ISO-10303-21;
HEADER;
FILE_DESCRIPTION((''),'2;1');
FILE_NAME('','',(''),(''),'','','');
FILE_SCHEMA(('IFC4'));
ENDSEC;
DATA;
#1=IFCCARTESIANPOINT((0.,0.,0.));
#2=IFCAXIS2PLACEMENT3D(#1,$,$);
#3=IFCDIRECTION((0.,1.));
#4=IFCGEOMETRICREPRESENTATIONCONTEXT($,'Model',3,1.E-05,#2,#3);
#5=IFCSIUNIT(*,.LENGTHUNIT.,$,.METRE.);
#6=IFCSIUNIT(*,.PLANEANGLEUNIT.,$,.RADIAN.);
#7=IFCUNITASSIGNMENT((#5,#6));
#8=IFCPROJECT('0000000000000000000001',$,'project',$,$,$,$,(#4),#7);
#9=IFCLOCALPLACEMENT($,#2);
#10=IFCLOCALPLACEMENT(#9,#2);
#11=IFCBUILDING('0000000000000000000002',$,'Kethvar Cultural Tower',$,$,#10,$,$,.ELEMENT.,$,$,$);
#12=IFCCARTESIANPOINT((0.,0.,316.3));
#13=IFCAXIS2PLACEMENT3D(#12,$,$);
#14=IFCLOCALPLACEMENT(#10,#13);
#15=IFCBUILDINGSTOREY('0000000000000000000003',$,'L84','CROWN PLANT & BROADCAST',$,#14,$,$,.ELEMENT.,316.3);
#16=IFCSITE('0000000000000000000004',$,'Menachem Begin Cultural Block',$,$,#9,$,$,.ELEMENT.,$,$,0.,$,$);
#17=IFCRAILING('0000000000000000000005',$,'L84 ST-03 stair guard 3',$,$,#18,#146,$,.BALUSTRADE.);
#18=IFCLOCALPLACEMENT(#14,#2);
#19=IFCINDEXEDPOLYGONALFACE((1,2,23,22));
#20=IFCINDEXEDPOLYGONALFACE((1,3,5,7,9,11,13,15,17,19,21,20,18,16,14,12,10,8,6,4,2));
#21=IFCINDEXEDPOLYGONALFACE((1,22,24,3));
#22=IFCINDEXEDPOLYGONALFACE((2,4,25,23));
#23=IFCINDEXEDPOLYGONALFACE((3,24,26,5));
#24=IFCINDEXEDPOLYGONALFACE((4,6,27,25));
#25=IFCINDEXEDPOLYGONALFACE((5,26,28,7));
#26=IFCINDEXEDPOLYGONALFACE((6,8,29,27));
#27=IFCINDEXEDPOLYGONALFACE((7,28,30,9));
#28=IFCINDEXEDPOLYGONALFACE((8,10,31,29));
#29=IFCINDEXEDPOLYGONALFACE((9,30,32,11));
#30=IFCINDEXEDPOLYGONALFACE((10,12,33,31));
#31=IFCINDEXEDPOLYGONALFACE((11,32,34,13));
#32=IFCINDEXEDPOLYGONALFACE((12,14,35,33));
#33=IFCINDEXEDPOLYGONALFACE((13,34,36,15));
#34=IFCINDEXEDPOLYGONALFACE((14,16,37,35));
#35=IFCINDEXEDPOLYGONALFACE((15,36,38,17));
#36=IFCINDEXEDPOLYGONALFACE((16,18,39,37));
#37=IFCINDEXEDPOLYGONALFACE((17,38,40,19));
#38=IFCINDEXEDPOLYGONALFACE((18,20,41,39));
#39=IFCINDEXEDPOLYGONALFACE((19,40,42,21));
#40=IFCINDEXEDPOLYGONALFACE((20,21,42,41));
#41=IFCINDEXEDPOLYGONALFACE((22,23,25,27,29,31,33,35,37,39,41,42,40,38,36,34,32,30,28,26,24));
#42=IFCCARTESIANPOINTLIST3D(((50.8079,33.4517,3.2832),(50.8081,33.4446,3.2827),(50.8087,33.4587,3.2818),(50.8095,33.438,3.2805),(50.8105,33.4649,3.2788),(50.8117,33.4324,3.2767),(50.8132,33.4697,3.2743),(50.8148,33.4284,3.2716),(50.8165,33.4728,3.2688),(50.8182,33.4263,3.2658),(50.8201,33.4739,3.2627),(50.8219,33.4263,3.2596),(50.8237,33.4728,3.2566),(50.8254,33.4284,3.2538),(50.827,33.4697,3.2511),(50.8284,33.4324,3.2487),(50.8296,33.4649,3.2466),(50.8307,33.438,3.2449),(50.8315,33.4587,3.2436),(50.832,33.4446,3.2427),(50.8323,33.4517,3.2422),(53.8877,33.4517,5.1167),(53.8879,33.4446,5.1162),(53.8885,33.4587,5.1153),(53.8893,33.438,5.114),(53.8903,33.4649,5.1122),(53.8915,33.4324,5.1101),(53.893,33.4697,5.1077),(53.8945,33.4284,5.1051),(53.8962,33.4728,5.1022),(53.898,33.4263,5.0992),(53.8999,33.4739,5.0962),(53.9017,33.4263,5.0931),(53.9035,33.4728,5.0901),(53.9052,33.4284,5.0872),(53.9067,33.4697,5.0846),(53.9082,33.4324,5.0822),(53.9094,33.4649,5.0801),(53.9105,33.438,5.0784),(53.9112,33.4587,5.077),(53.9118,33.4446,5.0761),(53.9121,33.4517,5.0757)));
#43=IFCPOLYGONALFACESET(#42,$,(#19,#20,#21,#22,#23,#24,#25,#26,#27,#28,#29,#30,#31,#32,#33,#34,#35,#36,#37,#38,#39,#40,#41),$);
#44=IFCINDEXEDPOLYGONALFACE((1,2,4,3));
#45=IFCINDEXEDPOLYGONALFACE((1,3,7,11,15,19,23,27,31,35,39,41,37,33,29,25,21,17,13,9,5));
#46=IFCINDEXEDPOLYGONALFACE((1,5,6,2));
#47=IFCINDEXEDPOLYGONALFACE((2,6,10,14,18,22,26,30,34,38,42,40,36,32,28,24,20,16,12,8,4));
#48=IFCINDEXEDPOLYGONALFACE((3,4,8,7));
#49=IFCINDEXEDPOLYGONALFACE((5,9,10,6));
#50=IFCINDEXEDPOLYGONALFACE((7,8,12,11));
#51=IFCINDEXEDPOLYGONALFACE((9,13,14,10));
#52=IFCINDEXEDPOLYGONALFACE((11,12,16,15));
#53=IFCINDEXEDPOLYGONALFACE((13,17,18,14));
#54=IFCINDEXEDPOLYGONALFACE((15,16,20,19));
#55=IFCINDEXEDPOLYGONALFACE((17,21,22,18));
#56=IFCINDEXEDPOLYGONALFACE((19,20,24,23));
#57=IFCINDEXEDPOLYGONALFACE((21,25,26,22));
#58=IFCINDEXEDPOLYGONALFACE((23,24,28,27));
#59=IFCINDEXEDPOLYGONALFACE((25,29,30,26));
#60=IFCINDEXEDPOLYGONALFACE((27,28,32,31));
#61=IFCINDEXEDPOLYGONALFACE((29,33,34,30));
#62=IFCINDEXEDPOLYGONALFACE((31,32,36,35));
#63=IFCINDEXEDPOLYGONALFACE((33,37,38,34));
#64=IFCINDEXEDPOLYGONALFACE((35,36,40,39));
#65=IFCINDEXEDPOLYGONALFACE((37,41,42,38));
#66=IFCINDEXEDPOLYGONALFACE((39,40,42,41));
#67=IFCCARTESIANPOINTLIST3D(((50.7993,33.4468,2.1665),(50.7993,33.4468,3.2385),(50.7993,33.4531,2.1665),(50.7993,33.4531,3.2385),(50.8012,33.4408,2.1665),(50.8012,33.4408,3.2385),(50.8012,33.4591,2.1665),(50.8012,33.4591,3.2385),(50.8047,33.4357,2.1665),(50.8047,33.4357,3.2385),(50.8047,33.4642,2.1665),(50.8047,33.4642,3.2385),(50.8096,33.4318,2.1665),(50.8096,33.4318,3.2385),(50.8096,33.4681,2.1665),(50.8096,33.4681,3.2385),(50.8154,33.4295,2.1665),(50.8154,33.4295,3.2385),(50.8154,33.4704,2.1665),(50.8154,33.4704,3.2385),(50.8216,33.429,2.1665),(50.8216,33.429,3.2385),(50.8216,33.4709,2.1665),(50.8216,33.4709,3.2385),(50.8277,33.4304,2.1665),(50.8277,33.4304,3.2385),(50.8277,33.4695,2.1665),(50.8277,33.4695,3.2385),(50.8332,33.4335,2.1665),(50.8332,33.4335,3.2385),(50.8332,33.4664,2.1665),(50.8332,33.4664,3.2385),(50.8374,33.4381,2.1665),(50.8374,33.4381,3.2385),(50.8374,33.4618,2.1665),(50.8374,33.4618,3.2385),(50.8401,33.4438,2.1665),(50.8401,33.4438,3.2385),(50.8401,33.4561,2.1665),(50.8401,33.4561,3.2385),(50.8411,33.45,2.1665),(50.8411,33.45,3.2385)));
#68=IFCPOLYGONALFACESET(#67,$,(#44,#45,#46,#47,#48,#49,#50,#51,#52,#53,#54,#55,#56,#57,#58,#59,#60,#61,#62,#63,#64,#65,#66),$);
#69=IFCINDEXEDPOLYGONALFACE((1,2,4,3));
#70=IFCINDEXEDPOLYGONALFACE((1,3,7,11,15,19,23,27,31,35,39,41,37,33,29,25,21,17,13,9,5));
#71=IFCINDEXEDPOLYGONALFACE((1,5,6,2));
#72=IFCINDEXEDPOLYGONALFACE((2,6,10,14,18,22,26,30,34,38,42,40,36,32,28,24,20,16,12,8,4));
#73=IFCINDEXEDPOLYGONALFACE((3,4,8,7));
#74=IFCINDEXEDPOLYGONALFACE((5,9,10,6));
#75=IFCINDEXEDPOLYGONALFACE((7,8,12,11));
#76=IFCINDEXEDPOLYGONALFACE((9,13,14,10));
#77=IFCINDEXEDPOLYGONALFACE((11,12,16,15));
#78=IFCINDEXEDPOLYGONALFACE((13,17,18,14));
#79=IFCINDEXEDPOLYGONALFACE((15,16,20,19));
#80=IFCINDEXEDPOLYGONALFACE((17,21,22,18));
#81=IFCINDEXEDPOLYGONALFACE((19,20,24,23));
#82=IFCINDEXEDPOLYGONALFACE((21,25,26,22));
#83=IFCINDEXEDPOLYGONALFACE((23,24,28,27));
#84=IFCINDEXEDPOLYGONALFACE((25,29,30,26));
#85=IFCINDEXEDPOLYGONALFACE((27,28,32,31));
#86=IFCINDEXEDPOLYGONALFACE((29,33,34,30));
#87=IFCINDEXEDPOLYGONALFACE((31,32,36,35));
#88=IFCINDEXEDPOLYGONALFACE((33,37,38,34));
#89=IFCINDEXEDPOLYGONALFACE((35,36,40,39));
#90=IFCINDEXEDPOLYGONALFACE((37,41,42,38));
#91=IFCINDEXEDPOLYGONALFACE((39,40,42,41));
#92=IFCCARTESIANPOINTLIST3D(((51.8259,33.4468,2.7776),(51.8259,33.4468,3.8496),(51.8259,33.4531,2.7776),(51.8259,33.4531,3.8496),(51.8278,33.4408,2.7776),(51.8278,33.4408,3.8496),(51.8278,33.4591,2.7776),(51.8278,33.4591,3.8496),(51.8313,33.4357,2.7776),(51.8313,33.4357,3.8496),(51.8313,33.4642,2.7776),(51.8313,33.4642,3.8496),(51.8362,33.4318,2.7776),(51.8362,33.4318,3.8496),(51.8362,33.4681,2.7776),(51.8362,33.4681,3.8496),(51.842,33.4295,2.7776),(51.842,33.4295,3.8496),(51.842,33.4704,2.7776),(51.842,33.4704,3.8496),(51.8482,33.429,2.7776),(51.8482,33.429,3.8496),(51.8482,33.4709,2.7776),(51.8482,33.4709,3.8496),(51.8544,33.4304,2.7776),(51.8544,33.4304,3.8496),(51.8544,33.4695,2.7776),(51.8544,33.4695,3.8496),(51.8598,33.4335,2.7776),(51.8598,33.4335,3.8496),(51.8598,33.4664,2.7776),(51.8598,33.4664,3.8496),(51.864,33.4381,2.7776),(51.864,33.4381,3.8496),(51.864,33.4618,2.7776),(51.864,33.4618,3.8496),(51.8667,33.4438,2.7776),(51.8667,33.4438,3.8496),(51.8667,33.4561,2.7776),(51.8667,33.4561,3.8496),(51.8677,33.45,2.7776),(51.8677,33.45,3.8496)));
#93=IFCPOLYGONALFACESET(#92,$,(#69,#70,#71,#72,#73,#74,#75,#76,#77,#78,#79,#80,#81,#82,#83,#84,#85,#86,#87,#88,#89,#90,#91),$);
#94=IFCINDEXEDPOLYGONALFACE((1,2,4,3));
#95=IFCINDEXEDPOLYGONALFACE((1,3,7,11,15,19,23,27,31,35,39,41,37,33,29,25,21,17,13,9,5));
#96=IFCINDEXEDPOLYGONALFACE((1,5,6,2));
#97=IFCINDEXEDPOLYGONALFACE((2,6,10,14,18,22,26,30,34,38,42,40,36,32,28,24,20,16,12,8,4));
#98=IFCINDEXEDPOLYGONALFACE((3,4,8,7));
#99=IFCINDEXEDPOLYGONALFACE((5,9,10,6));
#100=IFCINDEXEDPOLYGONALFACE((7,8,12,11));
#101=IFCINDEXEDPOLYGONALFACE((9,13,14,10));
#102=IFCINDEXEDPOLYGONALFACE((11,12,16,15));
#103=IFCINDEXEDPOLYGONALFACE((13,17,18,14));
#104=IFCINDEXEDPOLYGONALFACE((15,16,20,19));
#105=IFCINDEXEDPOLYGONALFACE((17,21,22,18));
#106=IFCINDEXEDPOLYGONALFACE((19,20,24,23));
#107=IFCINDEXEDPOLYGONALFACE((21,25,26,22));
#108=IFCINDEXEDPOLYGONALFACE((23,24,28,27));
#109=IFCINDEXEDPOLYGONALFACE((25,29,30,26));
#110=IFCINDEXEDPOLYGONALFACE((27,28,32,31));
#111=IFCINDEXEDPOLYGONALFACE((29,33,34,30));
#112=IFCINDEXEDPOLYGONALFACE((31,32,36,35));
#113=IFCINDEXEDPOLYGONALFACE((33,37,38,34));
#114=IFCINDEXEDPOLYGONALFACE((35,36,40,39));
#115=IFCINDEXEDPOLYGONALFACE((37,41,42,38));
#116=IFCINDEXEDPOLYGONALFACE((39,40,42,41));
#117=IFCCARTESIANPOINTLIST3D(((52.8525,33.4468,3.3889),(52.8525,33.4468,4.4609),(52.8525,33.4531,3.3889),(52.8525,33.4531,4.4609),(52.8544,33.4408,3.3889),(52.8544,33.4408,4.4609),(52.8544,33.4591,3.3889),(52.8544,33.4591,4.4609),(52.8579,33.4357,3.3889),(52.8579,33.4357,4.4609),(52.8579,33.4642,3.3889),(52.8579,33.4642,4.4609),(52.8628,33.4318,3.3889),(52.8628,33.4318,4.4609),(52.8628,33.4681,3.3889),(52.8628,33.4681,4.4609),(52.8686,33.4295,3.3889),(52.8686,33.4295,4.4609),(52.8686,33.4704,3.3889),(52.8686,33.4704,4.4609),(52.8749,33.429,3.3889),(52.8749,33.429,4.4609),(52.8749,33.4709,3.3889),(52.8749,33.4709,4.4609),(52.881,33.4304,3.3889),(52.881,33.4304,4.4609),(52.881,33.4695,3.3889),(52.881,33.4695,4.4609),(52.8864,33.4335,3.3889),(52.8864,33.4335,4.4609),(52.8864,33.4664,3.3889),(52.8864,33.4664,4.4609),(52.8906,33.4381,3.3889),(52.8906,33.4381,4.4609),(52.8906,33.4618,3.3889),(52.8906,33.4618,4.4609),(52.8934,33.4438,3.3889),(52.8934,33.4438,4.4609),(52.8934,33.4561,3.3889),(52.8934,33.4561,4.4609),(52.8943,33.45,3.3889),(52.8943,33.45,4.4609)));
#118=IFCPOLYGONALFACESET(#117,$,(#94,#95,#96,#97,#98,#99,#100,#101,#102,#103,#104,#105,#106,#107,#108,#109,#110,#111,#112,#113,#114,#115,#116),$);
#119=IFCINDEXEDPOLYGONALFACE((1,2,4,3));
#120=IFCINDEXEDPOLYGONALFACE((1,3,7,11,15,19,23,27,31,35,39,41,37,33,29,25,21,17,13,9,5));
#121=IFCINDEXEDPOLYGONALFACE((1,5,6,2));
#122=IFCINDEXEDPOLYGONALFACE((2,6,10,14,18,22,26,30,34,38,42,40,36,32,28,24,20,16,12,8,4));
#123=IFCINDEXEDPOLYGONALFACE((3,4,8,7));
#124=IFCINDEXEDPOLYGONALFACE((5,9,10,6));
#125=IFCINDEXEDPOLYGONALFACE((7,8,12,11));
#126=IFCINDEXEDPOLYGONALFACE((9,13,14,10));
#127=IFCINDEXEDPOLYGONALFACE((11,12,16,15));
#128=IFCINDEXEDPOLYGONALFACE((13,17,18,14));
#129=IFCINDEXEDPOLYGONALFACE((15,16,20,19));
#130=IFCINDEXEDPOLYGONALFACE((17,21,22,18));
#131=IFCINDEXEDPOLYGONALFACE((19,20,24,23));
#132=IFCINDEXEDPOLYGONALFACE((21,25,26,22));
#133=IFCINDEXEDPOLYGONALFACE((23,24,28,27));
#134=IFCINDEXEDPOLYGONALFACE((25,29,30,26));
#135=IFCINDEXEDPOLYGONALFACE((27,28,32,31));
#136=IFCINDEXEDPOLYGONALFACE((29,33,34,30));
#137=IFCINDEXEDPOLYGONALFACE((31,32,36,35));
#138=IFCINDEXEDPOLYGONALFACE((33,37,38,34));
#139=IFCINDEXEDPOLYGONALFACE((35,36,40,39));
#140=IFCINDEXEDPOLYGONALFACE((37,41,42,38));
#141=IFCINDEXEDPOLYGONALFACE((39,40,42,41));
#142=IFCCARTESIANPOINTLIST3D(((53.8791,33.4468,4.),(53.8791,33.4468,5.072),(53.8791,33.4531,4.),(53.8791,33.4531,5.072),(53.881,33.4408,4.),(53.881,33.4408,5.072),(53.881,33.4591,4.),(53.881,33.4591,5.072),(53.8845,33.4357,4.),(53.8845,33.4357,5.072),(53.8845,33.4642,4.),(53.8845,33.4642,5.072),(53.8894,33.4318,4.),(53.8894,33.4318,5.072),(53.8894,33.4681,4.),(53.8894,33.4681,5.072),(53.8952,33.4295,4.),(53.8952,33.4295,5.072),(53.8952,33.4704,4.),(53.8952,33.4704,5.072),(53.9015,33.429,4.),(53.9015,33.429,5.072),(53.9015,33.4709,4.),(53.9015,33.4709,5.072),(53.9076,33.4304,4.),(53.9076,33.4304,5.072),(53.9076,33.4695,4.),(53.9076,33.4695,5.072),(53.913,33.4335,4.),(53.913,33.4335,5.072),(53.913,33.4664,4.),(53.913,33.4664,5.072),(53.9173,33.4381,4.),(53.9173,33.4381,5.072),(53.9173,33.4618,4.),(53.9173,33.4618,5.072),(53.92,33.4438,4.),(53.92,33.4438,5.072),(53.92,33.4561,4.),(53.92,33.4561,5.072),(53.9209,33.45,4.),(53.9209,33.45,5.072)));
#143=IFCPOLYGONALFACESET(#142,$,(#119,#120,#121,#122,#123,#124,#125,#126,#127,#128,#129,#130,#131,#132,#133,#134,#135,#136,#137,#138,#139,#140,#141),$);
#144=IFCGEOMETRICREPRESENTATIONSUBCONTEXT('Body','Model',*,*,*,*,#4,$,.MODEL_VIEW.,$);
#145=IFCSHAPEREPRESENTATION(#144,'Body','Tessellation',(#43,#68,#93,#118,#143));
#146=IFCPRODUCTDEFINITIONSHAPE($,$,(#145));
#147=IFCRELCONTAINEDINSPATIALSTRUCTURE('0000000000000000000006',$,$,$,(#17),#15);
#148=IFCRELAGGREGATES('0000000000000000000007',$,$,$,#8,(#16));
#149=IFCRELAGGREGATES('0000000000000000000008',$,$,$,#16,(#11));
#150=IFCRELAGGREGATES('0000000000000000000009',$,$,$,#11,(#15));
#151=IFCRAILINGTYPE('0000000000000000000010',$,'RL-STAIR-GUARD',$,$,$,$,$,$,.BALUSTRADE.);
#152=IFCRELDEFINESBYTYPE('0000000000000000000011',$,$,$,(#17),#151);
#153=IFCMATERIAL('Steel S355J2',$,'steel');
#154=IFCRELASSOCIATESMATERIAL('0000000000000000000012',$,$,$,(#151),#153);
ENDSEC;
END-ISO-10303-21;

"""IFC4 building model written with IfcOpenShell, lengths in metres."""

from ifc_helpers import new_model, si_unit, direction, frame, origin, origin_2d, place, context, subcontext, project, spatial, circle, extrude, material, type_object, element, save


model = new_model("IFC4")

# Units and contexts
model_context = context("Model", 3, precision=1e-05, world=origin(), true_north=direction((0.0, 1.0)))
body_context = subcontext(model_context, "Body", "Model", "MODEL_VIEW")
ifc_project = project(units=[si_unit("LENGTHUNIT", "METRE"), si_unit("PLANEANGLEUNIT", "RADIAN")], contexts=[model_context])

# Site, building, storey
site_placement = place(None, origin())
site = spatial("IfcSite", under=ifc_project, at=site_placement, Name="Menachem Begin Cultural Block", CompositionType="ELEMENT", RefElevation=0.0)
building_placement = place(site_placement, origin())
building = spatial("IfcBuilding", under=site, at=building_placement, Name="Kethvar Cultural Tower", CompositionType="ELEMENT")
storey_placement = place(building_placement, frame((0.0, 0.0, 316.3)))
storey = spatial("IfcBuildingStorey", under=building, at=storey_placement, Name="L84", Description="CROWN PLANT & BROADCAST", CompositionType="ELEMENT", Elevation=316.3)

# Shared definitions
ifc_material_1 = material(Name="Steel S355J2", Category="steel")

# Railing
railing_type_1 = type_object("IfcRailingType", Name="RL-STAIR-GUARD", PredefinedType="BALUSTRADE", material=ifc_material_1)
railing_1_placement = place(storey_placement, frame((50.8201, 33.45, 2.1665)))
element("IfcRailing", 1, at=railing_1_placement, inside=storey, type_object=railing_type_1, Name="L84 ST-03 stair guard 3", PredefinedType="BALUSTRADE", context=body_context, shape_type="SweptSolid", body=[
    extrude(circle(Radius=0.0239, at=origin_2d()), frame((0.0, 0.0, 1.0962), z_axis=(0.859261, 0.0, 0.511538), x_axis=(0.0, 1.0, 0.0)), (0.0, 0.0, 1.0), 3.5842),
    extrude(circle(Radius=0.021, at=origin_2d()), origin(), (0.0, 0.0, 1.0), 1.072),
    extrude(circle(Radius=0.021, at=origin_2d()), frame((1.0266, 0.0, 0.6111)), (0.0, 0.0, 1.0), 1.072),
    extrude(circle(Radius=0.021, at=origin_2d()), frame((2.0532, 0.0, 1.2224)), (0.0, 0.0, 1.0), 1.072),
    extrude(circle(Radius=0.021, at=origin_2d()), frame((3.0798, 0.0, 1.8335)), (0.0, 0.0, 1.0), 1.072),
])

save(model, "model.ifc")
